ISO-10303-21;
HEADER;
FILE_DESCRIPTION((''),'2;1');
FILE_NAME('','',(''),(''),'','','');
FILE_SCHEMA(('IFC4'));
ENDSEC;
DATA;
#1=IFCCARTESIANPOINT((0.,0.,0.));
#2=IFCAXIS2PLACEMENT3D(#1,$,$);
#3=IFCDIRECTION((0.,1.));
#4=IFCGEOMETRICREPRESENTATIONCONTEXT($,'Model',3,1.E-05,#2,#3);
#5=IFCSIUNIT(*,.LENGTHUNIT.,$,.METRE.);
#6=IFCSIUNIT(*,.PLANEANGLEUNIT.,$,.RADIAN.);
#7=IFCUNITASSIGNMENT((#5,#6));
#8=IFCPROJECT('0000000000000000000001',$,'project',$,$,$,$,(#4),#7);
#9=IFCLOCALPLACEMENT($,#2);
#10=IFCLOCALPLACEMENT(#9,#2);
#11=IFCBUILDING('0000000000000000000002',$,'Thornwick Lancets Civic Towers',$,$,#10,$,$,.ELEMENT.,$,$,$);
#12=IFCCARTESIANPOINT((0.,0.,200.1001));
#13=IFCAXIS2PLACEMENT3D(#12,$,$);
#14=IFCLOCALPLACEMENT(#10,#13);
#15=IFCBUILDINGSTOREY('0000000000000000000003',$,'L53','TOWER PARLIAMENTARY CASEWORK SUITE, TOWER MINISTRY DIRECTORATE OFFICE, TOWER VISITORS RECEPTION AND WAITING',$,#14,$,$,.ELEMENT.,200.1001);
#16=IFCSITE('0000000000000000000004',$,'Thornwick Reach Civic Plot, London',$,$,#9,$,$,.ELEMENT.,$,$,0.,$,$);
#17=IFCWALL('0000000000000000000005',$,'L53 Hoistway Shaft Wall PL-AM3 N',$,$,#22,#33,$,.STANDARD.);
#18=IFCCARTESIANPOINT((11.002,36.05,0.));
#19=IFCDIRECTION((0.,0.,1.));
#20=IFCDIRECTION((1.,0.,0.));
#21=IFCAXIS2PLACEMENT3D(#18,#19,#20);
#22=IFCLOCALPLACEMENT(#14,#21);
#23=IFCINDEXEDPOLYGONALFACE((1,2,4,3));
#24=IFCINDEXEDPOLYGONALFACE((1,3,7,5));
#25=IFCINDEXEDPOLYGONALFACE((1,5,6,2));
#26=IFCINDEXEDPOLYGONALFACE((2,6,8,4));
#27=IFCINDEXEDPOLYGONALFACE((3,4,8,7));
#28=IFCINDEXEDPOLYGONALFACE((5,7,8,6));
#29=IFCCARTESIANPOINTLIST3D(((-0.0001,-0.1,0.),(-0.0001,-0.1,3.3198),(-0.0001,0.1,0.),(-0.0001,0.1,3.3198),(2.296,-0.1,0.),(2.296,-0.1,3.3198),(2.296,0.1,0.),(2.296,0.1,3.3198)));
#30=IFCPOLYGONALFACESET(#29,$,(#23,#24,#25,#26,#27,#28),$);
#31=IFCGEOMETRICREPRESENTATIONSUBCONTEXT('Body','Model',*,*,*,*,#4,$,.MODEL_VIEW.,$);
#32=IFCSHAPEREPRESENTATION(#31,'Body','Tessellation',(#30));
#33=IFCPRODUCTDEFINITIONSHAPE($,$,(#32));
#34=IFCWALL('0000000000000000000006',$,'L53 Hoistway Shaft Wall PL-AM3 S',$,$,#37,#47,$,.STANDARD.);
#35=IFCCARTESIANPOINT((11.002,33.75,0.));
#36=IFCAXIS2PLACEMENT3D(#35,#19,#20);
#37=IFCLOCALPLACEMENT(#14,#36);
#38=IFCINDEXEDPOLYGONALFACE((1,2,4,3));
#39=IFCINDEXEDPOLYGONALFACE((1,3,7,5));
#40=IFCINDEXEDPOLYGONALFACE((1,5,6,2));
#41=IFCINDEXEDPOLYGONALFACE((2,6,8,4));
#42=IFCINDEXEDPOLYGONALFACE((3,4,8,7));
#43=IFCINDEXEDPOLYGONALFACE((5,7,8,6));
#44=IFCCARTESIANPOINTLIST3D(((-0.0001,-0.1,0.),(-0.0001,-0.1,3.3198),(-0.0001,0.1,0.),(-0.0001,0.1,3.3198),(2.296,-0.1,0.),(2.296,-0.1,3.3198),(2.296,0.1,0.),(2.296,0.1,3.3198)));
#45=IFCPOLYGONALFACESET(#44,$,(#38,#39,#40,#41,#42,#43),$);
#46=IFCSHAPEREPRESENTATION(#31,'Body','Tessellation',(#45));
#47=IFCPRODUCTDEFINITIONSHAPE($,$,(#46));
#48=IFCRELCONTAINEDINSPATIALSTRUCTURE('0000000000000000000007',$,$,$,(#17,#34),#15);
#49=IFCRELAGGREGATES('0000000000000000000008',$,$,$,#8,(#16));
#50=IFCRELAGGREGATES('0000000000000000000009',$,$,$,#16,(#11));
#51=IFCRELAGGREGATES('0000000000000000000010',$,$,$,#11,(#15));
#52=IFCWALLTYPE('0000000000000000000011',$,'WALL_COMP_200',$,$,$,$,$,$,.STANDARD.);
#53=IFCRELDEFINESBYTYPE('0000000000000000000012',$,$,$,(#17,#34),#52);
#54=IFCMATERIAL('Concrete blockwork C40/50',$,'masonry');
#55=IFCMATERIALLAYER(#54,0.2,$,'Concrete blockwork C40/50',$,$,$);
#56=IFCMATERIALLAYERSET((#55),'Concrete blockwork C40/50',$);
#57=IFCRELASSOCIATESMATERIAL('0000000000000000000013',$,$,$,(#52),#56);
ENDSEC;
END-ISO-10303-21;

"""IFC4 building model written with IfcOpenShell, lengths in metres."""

from ifc_helpers import new_model, si_unit, direction, frame, frame_2d, origin, place, context, subcontext, project, spatial, rectangle, extrude, material, layer, layer_set, type_object, element, save


model = new_model("IFC4")

# Units and contexts
model_context = context("Model", 3, precision=1e-05, world=origin(), true_north=direction((0.0, 1.0)))
body_context = subcontext(model_context, "Body", "Model", "MODEL_VIEW")
ifc_project = project(units=[si_unit("LENGTHUNIT", "METRE"), si_unit("PLANEANGLEUNIT", "RADIAN")], contexts=[model_context])

# Site, building, storey
site_placement = place(None, origin())
site = spatial("IfcSite", under=ifc_project, at=site_placement, Name="Thornwick Reach Civic Plot, London", CompositionType="ELEMENT", RefElevation=0.0)
building_placement = place(site_placement, origin())
building = spatial("IfcBuilding", under=site, at=building_placement, Name="Thornwick Lancets Civic Towers", CompositionType="ELEMENT")
storey_placement = place(building_placement, frame((0.0, 0.0, 200.1001)))
storey = spatial("IfcBuildingStorey", under=building, at=storey_placement, Name="L53", Description="TOWER PARLIAMENTARY CASEWORK SUITE, TOWER MINISTRY DIRECTORATE OFFICE, TOWER VISITORS RECEPTION AND WAITING", CompositionType="ELEMENT", Elevation=200.1001)

# Walls
ifc_material_1 = material(Name="Concrete blockwork C40/50", Category="masonry")
ifc_layer_1 = layer(ifc_material_1, 0.2, Name="Concrete blockwork C40/50")
ifc_layer_set_1 = layer_set([ifc_layer_1], Name="Concrete blockwork C40/50")
wall_type_1 = type_object("IfcWallType", Name="WALL_COMP_200", PredefinedType="STANDARD", material=ifc_layer_set_1)
for number, where, z_axis, x_axis, name in (
    (1, (11.002, 36.05, 0.0), (0.0, 0.0, 1.0), (1.0, 0.0, 0.0), "L53 Hoistway Shaft Wall PL-AM3 N"),
    (2, (11.002, 33.75, 0.0), (0.0, 0.0, 1.0), (1.0, 0.0, 0.0), "L53 Hoistway Shaft Wall PL-AM3 S"),
):
    element("IfcWall", number, at=place(storey_placement, frame(where, z_axis=z_axis, x_axis=x_axis)), inside=storey, type_object=wall_type_1, Name=name, PredefinedType="STANDARD", context=body_context, shape_type="SweptSolid", body=[
        extrude(rectangle(XDim=2.2961, YDim=0.2, at=frame_2d((1.1479, 0.0))), origin(), (0.0, 0.0, 1.0), 3.3198),
    ])

save(model, "model.ifc")
